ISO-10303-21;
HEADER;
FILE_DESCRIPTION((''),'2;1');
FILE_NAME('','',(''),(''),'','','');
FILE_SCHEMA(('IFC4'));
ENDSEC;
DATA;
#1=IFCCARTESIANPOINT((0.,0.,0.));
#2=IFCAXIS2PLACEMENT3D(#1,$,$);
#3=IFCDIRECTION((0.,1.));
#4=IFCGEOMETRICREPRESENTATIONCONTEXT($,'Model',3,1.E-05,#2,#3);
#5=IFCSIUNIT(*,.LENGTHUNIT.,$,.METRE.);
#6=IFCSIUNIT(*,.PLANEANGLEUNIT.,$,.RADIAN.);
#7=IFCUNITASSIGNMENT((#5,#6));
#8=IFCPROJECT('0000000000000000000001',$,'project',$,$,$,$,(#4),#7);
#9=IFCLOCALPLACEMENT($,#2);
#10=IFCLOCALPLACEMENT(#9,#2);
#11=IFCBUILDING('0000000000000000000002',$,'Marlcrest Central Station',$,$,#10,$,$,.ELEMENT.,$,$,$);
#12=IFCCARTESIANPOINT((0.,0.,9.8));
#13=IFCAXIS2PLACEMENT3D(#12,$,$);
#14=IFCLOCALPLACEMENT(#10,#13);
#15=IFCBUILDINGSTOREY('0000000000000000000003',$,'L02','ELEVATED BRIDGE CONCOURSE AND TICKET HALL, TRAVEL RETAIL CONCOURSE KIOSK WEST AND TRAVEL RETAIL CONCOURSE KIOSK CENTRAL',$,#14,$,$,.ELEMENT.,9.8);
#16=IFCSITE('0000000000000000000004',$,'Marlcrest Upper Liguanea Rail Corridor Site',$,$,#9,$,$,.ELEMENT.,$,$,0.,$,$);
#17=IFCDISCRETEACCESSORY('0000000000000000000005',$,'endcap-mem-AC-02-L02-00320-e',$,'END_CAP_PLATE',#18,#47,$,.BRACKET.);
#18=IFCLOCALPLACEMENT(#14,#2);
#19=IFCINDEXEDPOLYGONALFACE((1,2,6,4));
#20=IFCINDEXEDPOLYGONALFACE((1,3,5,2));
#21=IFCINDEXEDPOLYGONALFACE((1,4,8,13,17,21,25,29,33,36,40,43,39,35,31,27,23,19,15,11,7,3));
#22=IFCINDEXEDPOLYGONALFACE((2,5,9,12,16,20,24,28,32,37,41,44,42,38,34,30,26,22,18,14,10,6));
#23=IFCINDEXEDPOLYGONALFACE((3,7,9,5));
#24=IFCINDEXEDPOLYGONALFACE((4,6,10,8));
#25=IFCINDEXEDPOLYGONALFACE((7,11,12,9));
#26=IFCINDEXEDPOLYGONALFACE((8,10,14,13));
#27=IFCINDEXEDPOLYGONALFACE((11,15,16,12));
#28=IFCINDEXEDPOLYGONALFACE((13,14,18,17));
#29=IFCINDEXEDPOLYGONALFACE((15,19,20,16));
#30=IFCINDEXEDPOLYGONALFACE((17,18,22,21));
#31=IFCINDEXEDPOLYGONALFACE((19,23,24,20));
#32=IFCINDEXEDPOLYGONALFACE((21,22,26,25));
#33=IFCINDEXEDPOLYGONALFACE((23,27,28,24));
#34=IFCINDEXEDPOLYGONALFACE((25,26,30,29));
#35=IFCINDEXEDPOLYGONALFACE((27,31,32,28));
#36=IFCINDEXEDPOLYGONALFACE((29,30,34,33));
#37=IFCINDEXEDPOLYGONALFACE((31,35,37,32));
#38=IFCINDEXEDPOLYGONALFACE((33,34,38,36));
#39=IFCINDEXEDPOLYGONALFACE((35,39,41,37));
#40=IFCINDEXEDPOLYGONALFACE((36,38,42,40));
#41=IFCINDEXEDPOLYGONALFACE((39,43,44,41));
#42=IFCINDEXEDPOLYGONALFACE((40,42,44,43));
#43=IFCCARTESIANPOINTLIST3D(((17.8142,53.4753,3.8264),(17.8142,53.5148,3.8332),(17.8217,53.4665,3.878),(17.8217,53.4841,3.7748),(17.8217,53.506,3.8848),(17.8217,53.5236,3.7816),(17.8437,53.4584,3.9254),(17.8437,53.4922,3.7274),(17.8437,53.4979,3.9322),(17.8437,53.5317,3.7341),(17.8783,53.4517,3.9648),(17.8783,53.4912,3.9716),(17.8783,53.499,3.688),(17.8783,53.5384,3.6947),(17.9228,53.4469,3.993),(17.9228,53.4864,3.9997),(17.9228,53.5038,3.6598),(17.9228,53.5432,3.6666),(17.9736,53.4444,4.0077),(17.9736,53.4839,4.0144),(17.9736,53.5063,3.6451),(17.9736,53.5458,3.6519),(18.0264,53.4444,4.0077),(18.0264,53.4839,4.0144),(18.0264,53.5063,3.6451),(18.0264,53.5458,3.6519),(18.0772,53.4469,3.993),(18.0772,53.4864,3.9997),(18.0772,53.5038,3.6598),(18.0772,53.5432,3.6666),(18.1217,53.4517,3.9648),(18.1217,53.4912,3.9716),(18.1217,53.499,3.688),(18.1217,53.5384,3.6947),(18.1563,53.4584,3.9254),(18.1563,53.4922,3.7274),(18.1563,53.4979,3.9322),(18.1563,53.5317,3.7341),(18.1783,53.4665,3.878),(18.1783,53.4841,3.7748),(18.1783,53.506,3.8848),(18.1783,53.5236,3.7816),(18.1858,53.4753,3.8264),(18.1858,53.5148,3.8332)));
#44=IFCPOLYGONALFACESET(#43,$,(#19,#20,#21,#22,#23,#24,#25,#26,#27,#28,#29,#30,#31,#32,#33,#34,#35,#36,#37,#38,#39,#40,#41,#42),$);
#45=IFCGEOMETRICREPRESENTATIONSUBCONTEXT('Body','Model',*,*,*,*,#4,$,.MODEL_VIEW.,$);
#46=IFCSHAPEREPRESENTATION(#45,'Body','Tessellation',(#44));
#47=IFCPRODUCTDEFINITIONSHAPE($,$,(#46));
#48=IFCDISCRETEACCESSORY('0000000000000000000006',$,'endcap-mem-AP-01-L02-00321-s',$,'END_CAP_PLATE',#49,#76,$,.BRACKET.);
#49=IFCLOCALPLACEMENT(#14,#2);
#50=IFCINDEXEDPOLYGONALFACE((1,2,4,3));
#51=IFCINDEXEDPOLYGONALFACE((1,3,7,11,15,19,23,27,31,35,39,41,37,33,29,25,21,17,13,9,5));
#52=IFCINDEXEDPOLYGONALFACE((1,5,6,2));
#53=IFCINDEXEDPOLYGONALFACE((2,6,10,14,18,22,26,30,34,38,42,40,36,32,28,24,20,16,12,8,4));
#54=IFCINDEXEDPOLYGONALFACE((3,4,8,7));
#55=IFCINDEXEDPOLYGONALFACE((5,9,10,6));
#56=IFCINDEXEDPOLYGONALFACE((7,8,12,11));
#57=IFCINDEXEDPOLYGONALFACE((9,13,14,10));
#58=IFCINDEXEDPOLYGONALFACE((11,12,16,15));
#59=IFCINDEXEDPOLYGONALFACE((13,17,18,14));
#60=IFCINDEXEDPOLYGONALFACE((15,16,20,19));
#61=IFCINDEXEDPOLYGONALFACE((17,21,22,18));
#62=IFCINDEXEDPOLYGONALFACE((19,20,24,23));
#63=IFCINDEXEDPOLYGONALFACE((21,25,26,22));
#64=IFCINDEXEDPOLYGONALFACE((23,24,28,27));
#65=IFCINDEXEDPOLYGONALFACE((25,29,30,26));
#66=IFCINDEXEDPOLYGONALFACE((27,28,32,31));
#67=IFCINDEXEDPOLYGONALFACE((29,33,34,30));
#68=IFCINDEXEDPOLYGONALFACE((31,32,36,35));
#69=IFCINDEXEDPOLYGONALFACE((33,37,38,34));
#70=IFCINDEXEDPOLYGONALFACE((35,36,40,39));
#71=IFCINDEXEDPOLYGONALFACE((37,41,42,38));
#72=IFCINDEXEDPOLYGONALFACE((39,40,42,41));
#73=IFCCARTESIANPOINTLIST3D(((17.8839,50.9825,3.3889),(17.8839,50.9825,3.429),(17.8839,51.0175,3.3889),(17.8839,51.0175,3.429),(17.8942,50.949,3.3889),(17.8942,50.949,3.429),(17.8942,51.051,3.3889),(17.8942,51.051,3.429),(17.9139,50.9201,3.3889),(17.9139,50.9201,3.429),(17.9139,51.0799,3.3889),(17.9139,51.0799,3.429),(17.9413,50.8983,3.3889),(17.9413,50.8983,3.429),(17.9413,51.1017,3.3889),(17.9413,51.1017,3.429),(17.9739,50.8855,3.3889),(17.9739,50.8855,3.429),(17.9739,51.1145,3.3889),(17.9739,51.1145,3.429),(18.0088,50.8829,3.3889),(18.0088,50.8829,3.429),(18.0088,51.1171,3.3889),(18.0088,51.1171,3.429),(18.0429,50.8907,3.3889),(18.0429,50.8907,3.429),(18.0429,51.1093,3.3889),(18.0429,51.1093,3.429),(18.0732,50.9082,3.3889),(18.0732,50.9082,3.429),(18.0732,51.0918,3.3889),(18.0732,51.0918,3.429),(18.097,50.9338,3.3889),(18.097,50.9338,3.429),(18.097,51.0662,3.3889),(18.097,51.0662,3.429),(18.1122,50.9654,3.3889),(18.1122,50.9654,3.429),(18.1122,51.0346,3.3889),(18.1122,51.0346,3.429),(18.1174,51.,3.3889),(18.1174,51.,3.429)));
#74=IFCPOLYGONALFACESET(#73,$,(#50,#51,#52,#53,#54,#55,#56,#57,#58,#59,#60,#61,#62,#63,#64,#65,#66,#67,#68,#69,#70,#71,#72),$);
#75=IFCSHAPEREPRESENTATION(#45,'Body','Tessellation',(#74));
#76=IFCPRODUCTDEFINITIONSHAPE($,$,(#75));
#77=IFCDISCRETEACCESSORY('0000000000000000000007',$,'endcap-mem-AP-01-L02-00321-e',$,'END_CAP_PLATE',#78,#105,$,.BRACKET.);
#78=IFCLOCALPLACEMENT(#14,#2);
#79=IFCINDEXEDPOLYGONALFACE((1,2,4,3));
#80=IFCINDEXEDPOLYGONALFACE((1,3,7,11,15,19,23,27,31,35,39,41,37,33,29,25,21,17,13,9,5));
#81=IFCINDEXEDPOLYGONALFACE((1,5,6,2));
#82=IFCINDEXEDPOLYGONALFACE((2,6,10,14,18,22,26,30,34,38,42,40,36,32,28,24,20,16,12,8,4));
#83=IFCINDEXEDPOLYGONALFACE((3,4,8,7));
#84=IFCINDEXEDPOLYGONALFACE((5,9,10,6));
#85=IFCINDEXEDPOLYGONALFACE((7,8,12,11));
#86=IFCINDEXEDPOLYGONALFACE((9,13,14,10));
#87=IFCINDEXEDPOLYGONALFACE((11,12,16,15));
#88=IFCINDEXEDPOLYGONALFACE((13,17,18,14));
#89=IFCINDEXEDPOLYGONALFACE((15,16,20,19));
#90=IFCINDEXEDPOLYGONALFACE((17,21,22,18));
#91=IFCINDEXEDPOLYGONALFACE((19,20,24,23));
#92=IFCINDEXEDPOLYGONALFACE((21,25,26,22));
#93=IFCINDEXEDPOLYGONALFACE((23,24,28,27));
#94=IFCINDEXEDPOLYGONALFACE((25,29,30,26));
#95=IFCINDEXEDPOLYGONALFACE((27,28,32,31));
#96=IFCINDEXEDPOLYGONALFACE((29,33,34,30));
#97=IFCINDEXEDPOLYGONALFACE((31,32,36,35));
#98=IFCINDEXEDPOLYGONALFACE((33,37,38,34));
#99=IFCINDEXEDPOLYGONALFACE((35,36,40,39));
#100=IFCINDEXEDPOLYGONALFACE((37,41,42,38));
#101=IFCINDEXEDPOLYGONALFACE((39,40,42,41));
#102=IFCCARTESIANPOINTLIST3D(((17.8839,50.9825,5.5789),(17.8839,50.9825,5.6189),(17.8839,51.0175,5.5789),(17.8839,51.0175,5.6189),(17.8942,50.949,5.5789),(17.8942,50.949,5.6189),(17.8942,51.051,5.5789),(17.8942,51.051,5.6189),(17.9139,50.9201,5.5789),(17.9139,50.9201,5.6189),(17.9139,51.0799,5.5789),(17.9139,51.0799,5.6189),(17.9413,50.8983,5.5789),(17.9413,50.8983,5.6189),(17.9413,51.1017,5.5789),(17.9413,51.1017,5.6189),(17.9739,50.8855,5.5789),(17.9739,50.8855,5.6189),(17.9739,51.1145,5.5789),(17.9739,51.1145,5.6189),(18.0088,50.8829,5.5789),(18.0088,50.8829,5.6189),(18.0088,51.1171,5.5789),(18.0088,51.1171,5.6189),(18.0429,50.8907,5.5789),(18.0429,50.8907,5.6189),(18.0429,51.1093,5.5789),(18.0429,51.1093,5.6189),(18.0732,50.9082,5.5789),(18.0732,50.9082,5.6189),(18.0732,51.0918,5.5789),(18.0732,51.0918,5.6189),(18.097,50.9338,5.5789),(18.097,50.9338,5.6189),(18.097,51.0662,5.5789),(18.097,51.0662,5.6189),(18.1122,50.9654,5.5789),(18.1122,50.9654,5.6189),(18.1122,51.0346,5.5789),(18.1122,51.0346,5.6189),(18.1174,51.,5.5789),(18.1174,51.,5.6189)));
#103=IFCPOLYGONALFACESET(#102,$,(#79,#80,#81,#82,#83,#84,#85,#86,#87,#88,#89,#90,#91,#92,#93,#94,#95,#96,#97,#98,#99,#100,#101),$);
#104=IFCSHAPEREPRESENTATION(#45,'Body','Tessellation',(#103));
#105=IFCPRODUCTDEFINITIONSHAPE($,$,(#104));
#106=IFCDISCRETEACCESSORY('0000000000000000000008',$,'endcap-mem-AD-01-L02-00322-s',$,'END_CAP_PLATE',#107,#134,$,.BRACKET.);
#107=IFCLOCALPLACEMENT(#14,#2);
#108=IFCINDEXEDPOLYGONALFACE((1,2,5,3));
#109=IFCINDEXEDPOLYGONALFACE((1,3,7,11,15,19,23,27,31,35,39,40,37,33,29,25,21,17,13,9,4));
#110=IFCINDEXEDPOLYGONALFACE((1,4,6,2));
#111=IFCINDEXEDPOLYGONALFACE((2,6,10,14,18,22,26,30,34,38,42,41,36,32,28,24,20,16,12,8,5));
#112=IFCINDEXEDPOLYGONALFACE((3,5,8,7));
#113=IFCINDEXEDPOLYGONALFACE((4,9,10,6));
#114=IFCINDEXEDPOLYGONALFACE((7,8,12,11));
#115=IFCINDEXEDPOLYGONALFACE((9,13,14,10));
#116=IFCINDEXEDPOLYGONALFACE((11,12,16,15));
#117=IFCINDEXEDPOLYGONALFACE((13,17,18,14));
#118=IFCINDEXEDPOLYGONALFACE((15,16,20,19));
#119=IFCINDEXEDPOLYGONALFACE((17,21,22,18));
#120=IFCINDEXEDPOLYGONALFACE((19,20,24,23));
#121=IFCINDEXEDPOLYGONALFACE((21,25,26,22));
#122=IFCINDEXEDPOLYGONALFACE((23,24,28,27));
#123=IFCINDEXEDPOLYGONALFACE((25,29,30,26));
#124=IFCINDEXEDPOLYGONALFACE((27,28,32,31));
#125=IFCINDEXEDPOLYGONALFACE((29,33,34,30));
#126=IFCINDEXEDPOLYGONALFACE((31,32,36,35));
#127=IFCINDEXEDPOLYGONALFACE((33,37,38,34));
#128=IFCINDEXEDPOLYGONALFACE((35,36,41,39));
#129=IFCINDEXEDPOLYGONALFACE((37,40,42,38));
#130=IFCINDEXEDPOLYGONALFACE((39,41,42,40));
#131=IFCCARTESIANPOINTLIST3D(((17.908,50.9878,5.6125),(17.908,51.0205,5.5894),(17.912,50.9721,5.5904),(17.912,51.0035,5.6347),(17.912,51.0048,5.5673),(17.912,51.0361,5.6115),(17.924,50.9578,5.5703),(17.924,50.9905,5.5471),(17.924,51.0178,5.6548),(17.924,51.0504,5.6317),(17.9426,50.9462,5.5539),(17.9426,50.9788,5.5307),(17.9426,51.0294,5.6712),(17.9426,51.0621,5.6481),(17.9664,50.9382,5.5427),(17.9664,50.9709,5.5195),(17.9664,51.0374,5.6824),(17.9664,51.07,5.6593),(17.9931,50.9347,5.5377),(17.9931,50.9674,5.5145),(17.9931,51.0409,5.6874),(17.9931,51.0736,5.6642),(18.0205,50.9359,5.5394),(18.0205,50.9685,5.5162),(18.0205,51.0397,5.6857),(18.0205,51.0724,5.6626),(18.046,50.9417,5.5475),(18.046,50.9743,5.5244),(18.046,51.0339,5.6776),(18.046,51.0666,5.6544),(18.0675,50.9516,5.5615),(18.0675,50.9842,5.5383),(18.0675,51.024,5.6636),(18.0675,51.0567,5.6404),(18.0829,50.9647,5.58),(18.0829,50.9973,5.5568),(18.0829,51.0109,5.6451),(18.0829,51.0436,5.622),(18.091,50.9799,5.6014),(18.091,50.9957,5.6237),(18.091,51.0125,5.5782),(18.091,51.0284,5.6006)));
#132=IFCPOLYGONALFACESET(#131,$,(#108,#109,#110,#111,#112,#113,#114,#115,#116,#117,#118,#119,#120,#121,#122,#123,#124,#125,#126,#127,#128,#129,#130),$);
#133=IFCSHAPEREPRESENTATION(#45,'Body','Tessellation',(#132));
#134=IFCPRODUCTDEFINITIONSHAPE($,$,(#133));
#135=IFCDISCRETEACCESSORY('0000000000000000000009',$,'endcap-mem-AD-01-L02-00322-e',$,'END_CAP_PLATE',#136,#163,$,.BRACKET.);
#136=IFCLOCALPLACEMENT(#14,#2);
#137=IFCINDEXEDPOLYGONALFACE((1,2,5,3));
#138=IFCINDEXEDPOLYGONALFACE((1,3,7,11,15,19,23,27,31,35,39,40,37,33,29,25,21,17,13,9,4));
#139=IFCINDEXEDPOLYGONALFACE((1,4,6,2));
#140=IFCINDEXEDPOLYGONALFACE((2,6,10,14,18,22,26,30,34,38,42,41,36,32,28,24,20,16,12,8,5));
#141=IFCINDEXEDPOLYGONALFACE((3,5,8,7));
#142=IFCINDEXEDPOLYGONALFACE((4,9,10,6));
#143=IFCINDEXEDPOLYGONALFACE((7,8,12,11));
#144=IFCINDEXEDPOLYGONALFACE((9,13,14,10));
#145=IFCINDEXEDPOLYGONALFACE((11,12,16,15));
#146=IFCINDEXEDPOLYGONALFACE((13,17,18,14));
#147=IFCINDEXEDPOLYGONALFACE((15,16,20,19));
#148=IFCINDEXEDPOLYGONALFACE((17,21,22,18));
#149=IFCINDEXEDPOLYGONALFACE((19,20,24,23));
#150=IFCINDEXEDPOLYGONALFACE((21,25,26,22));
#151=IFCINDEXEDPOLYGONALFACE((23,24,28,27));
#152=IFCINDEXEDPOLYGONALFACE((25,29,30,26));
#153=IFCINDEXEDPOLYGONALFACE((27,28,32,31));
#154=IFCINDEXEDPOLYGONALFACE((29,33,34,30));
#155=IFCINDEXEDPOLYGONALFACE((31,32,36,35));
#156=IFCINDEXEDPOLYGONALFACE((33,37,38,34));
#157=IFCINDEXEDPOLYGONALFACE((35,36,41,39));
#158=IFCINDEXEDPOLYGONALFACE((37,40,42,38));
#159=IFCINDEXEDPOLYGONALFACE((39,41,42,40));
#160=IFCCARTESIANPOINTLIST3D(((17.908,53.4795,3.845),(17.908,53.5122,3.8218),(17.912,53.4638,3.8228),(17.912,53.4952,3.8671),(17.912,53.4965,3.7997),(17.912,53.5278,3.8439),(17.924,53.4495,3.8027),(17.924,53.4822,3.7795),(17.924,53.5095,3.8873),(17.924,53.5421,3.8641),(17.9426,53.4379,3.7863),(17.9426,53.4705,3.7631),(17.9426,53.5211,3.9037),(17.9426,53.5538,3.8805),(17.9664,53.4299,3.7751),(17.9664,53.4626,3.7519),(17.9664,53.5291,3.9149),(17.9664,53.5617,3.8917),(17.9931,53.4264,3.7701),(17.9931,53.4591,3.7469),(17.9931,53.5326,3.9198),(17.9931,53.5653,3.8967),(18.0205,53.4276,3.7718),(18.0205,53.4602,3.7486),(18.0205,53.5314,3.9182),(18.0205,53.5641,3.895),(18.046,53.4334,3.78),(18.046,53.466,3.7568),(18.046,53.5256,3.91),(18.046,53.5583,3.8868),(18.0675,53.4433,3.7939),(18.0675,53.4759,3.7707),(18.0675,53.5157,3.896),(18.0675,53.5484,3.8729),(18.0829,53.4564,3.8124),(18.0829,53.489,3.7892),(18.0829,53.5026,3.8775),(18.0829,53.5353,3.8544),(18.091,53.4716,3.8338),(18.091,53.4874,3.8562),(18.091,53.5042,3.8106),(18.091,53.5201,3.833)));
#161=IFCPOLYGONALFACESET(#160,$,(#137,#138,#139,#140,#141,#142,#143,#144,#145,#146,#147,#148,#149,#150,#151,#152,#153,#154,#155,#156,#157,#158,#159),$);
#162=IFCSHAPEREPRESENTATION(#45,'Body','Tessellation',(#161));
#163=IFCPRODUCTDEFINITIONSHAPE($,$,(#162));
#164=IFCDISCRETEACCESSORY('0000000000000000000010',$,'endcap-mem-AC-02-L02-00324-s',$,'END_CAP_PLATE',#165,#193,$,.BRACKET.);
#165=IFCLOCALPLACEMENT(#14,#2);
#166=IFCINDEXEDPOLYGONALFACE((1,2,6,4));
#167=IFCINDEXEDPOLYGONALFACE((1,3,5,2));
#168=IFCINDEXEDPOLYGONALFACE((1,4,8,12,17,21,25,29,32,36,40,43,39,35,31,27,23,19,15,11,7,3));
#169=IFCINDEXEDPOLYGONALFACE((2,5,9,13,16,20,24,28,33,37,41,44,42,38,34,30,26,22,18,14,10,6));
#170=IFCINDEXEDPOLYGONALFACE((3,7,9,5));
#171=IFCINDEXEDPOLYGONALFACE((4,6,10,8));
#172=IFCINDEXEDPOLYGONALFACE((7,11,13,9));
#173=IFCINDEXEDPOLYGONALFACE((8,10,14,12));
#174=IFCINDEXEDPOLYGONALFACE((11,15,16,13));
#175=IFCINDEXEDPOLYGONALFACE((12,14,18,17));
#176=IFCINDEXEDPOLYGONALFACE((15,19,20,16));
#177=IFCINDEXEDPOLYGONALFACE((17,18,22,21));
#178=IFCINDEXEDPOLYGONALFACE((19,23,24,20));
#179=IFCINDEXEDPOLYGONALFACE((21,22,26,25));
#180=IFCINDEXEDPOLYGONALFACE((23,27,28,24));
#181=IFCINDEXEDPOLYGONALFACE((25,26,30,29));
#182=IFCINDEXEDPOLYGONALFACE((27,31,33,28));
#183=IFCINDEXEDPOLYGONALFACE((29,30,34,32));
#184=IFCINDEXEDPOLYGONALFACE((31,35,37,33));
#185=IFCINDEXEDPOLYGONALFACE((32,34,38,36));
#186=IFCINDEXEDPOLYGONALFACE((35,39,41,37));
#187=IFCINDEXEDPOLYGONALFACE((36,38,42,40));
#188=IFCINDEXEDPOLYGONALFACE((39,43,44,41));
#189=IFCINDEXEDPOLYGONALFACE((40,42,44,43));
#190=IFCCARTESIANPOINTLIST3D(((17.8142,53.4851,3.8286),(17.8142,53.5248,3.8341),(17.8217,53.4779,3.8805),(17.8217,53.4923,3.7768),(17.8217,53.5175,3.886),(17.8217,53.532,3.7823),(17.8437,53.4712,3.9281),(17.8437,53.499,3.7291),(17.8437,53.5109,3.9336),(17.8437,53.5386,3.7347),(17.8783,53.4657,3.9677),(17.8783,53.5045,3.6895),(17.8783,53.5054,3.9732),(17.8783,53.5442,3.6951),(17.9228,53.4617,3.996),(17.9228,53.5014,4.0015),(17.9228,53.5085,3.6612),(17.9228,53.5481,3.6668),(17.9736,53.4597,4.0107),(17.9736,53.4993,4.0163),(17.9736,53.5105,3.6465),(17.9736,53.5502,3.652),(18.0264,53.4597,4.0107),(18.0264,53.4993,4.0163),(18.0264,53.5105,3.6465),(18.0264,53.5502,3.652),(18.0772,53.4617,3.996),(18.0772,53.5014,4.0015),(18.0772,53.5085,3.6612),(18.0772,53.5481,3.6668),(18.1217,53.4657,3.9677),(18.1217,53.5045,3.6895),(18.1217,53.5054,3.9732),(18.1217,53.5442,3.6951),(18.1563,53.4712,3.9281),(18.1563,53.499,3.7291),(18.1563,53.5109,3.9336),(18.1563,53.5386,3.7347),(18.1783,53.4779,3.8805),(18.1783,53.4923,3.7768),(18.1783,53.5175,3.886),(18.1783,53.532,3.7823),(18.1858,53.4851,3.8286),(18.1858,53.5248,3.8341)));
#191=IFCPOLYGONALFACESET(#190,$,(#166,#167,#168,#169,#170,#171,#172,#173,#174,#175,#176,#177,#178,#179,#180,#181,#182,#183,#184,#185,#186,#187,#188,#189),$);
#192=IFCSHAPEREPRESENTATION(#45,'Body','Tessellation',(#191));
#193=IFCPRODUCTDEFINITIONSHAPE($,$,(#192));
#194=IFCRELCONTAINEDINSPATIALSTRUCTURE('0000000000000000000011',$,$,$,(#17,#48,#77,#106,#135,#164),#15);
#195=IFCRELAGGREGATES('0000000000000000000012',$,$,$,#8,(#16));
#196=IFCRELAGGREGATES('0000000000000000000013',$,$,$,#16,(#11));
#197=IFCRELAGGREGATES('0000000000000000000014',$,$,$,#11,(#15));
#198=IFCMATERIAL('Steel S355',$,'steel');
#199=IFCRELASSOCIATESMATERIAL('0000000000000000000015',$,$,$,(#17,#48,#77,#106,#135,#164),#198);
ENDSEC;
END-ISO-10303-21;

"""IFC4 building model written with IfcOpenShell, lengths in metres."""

from ifc_helpers import new_model, si_unit, direction, frame, origin, origin_2d, place, context, subcontext, project, spatial, circle, extrude, material, element, save


model = new_model("IFC4")

# Units and contexts
model_context = context("Model", 3, precision=1e-05, world=origin(), true_north=direction((0.0, 1.0)))
body_context = subcontext(model_context, "Body", "Model", "MODEL_VIEW")
ifc_project = project(units=[si_unit("LENGTHUNIT", "METRE"), si_unit("PLANEANGLEUNIT", "RADIAN")], contexts=[model_context])

# Site, building, storey
site_placement = place(None, origin())
site = spatial("IfcSite", under=ifc_project, at=site_placement, Name="Marlcrest Upper Liguanea Rail Corridor Site", CompositionType="ELEMENT", RefElevation=0.0)
building_placement = place(site_placement, origin())
building = spatial("IfcBuilding", under=site, at=building_placement, Name="Marlcrest Central Station", CompositionType="ELEMENT")
storey_placement = place(building_placement, frame((0.0, 0.0, 9.8)))
storey = spatial("IfcBuildingStorey", under=building, at=storey_placement, Name="L02", Description="ELEVATED BRIDGE CONCOURSE AND TICKET HALL, TRAVEL RETAIL CONCOURSE KIOSK WEST AND TRAVEL RETAIL CONCOURSE KIOSK CENTRAL", CompositionType="ELEMENT", Elevation=9.8)

# Shared definitions
ifc_material = material(Name="Steel S355", Category="steel")

# Discrete accessories
for number, where, z_axis, x_axis, name in (
    (1, (18.0, 53.4753, 3.8264), (0.0, 0.985741, 0.168269), (-1.0, 0.0, 0.0), "endcap-mem-AC-02-L02-00320-e"),
):
    element("IfcDiscreteAccessory", number, at=place(storey_placement, frame(where, z_axis=z_axis, x_axis=x_axis)), inside=storey, material=ifc_material, Name=name, ObjectType="END_CAP_PLATE", PredefinedType="BRACKET", context=body_context, shape_type="SweptSolid", body=[
        extrude(circle(Radius=0.1858, at=origin_2d()), origin(), (0.0, 0.0, 1.0), 0.04),
    ])
for number, where, z_axis, x_axis, name in (
    (2, (18.0, 51.0, 3.3889), (0.0, 0.0, 1.0), (1.0, 0.0, 0.0), "endcap-mem-AP-01-L02-00321-s"),
    (3, (18.0, 51.0, 5.5789), (0.0, 0.0, 1.0), (1.0, 0.0, 0.0), "endcap-mem-AP-01-L02-00321-e"),
):
    element("IfcDiscreteAccessory", number, at=place(storey_placement, frame(where, z_axis=z_axis, x_axis=x_axis)), inside=storey, material=ifc_material, Name=name, ObjectType="END_CAP_PLATE", PredefinedType="BRACKET", context=body_context, shape_type="SweptSolid", body=[
        extrude(circle(Radius=0.1174, at=origin_2d()), origin(), (0.0, 0.0, 1.0), 0.04),
    ])
for number, where, z_axis, x_axis, name in (
    (4, (18.0, 50.9878, 5.6125), (0.0, 0.815661, -0.57853), (-1.0, 0.0, 0.0), "endcap-mem-AD-01-L02-00322-s"),
    (5, (18.0, 53.4795, 3.845), (0.0, 0.815661, -0.57853), (-1.0, 0.0, 0.0), "endcap-mem-AD-01-L02-00322-e"),
):
    element("IfcDiscreteAccessory", number, at=place(storey_placement, frame(where, z_axis=z_axis, x_axis=x_axis)), inside=storey, material=ifc_material, Name=name, ObjectType="END_CAP_PLATE", PredefinedType="BRACKET", context=body_context, shape_type="SweptSolid", body=[
        extrude(circle(Radius=0.092, at=origin_2d()), origin(), (0.0, 0.0, 1.0), 0.04),
    ])
discrete_accessory_1_placement = place(storey_placement, frame((18.0, 53.4851, 3.8286), z_axis=(0.0, 0.990403, 0.138211), x_axis=(-1.0, 0.0, 0.0)))
element("IfcDiscreteAccessory", 6, at=discrete_accessory_1_placement, inside=storey, material=ifc_material, Name="endcap-mem-AC-02-L02-00324-s", ObjectType="END_CAP_PLATE", PredefinedType="BRACKET", context=body_context, shape_type="SweptSolid", body=[
    extrude(circle(Radius=0.1858, at=origin_2d()), origin(), (0.0, 0.0, 1.0), 0.04),
])

save(model, "model.ifc")
